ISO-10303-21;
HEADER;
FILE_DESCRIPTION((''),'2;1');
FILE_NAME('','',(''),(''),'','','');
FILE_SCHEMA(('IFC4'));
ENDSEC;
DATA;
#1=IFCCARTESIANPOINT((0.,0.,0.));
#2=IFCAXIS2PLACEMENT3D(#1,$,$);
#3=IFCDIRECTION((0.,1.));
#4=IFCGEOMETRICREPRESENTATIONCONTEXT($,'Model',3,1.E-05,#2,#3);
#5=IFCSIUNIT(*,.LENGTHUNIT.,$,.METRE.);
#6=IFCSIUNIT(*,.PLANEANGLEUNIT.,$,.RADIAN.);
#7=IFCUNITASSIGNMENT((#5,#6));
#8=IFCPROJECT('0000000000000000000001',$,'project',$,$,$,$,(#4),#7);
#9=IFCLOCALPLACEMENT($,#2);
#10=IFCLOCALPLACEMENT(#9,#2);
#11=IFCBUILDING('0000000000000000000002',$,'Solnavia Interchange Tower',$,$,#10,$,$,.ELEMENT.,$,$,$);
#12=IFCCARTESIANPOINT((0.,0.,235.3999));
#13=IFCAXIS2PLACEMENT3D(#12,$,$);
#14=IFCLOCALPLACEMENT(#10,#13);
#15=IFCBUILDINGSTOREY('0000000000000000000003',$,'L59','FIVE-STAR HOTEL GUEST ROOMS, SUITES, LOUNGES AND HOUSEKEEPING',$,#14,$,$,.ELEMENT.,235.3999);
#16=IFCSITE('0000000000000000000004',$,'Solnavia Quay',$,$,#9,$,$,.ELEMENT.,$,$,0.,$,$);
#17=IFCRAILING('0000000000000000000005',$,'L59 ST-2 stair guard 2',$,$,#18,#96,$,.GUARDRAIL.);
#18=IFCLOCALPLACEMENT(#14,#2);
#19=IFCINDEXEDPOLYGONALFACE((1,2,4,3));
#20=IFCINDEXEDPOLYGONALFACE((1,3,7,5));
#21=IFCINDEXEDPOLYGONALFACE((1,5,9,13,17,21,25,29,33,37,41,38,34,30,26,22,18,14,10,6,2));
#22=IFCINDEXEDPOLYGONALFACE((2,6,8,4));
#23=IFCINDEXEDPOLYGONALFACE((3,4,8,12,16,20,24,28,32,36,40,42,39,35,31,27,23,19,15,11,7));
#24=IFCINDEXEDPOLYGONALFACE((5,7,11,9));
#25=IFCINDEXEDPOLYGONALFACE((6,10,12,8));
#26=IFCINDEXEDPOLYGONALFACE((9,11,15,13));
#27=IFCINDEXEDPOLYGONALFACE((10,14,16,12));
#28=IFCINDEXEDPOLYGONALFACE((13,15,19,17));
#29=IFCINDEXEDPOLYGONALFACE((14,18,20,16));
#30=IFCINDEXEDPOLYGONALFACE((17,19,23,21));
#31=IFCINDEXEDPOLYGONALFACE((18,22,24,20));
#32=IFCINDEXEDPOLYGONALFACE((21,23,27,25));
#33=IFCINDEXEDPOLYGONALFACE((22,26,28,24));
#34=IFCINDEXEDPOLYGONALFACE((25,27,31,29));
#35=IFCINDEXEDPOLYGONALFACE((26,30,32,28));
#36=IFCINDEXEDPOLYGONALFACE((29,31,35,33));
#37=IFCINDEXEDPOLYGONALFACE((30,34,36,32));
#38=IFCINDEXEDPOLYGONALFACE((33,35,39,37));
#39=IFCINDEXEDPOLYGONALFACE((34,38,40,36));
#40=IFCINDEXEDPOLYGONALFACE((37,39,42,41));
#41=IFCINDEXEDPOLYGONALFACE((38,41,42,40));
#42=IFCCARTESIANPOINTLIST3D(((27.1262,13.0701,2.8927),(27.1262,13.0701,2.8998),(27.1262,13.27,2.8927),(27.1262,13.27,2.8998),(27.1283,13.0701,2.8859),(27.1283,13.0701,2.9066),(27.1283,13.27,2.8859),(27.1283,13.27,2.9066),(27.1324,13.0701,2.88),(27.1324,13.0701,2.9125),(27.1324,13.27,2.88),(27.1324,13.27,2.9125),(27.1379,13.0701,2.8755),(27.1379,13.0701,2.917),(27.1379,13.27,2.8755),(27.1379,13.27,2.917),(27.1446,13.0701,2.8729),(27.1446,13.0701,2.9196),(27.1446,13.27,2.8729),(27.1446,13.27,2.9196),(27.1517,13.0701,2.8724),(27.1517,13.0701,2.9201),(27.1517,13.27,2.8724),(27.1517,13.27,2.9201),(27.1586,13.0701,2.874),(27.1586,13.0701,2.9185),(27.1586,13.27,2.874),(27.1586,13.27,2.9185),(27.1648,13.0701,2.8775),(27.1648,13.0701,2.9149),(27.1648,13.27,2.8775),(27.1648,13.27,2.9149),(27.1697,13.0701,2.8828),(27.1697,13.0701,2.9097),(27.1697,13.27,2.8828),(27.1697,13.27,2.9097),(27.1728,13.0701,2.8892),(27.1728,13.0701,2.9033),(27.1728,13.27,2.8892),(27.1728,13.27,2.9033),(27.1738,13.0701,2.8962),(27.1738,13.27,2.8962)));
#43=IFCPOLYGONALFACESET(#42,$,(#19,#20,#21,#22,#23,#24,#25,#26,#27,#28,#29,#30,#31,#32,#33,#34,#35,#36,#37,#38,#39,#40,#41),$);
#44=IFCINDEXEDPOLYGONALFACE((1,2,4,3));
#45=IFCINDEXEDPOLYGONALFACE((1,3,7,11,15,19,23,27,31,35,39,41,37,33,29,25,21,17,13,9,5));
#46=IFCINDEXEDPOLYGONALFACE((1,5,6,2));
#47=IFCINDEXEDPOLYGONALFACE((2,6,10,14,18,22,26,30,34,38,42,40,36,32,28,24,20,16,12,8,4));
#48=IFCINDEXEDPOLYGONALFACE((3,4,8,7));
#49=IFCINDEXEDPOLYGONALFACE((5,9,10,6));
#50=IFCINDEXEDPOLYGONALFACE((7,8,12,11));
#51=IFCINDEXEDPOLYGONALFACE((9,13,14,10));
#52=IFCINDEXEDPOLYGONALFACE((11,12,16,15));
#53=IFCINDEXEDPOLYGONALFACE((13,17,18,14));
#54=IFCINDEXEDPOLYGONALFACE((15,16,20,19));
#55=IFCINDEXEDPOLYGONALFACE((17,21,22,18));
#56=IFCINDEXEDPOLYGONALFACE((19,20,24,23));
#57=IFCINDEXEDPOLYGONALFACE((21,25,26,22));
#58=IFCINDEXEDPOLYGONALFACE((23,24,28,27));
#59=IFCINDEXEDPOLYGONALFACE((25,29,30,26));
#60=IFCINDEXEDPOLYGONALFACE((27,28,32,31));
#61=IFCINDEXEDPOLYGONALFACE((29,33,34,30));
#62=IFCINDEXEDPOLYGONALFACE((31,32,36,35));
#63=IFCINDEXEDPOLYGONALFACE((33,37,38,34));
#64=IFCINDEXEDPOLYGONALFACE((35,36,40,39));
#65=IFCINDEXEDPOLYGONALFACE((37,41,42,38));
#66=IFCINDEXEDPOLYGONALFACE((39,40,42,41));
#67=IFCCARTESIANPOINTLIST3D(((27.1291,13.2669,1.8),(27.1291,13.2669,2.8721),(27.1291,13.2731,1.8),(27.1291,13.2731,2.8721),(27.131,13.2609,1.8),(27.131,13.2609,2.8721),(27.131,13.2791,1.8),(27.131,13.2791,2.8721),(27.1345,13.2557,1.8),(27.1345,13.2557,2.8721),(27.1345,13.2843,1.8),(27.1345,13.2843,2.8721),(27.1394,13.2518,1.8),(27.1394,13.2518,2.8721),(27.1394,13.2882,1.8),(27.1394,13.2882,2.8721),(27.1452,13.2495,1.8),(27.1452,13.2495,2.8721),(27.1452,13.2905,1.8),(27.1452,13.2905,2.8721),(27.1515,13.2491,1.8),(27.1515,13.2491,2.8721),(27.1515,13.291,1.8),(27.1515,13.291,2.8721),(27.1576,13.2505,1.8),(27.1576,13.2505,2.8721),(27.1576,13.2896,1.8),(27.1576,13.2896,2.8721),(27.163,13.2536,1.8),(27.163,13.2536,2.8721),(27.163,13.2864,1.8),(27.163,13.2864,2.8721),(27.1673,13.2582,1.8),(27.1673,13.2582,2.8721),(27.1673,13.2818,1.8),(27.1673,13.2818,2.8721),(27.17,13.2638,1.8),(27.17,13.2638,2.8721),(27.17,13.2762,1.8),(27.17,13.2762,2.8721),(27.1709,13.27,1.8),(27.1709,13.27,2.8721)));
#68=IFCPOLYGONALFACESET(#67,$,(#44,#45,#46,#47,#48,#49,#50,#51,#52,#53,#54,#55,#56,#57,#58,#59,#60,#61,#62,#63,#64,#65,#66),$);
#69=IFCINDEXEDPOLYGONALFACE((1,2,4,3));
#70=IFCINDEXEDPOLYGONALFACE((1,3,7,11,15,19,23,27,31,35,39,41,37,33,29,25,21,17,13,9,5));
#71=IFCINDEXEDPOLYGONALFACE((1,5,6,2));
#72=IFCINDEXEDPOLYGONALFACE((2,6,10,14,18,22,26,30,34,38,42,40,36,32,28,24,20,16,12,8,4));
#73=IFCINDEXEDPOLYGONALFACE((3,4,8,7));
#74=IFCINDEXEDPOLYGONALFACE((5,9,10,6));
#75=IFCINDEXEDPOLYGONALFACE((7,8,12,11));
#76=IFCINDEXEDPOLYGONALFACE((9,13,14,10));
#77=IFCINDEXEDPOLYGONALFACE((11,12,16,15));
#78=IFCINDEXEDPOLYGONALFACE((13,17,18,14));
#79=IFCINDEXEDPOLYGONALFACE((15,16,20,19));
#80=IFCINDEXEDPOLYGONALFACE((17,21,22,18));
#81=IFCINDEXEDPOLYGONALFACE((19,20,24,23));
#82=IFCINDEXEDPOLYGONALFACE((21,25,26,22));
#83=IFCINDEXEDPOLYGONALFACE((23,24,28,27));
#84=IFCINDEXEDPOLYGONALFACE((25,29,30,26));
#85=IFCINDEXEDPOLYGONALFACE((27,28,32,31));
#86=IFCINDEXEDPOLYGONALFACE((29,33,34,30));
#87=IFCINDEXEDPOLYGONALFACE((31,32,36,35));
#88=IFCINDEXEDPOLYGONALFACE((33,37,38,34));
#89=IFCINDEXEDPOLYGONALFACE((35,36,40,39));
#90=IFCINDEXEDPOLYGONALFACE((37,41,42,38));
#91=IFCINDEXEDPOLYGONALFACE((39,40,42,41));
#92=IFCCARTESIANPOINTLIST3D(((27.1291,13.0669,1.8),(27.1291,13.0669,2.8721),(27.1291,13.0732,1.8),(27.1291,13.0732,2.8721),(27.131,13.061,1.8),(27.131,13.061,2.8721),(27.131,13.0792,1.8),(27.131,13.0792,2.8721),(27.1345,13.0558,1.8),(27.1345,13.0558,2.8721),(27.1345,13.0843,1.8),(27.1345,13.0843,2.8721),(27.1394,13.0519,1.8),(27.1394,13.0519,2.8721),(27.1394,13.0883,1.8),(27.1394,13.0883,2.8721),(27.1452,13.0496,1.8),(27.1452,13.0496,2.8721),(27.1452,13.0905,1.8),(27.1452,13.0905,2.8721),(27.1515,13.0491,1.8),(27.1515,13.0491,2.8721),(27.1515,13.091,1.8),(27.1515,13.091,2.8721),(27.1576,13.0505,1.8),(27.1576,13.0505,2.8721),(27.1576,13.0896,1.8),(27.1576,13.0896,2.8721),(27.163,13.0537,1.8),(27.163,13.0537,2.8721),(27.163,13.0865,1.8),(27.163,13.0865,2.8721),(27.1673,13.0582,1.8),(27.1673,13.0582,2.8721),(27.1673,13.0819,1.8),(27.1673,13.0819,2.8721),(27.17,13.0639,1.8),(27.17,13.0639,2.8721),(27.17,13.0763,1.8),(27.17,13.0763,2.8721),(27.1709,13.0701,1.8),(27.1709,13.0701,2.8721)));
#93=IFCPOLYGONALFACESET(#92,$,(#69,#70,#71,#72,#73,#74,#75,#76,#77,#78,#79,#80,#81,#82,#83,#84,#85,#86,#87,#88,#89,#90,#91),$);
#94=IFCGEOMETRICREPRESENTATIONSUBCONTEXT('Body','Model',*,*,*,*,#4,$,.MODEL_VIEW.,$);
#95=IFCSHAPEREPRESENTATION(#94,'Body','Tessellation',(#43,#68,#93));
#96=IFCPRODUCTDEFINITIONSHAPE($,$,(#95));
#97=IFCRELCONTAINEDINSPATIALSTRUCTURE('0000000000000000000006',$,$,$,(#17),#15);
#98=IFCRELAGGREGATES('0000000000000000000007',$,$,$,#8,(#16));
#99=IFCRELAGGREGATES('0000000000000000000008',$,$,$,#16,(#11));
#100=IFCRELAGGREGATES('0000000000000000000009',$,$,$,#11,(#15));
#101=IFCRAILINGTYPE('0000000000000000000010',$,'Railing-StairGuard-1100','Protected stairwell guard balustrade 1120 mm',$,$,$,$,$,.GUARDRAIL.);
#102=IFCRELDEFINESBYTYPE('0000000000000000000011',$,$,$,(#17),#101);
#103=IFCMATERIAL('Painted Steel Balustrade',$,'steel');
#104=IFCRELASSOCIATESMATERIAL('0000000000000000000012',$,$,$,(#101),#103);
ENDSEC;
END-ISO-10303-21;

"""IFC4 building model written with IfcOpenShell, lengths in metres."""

from ifc_helpers import new_model, si_unit, direction, frame, origin, origin_2d, place, context, subcontext, project, spatial, circle, extrude, material, type_object, element, save


model = new_model("IFC4")

# Units and contexts
model_context = context("Model", 3, precision=1e-05, world=origin(), true_north=direction((0.0, 1.0)))
body_context = subcontext(model_context, "Body", "Model", "MODEL_VIEW")
ifc_project = project(units=[si_unit("LENGTHUNIT", "METRE"), si_unit("PLANEANGLEUNIT", "RADIAN")], contexts=[model_context])

# Site, building, storey
site_placement = place(None, origin())
site = spatial("IfcSite", under=ifc_project, at=site_placement, Name="Solnavia Quay", CompositionType="ELEMENT", RefElevation=0.0)
building_placement = place(site_placement, origin())
building = spatial("IfcBuilding", under=site, at=building_placement, Name="Solnavia Interchange Tower", CompositionType="ELEMENT")
storey_placement = place(building_placement, frame((0.0, 0.0, 235.3999)))
storey = spatial("IfcBuildingStorey", under=building, at=storey_placement, Name="L59", Description="FIVE-STAR HOTEL GUEST ROOMS, SUITES, LOUNGES AND HOUSEKEEPING", CompositionType="ELEMENT", Elevation=235.3999)

# Railing
ifc_material_1 = material(Name="Painted Steel Balustrade", Category="steel")
railing_type_1 = type_object("IfcRailingType", Name="Railing-StairGuard-1100", Description="Protected stairwell guard balustrade 1120 mm", PredefinedType="GUARDRAIL", material=ifc_material_1)
railing_1_placement = place(storey_placement, frame((27.1499, 13.27, 1.8)))
element("IfcRailing", 1, at=railing_1_placement, inside=storey, type_object=railing_type_1, Name="L59 ST-2 stair guard 2", PredefinedType="GUARDRAIL", context=body_context, shape_type="SweptSolid", body=[
    extrude(circle(Radius=0.0239, at=origin_2d()), frame((0.0, 0.0, 1.0962), z_axis=(0.0, -1.0, 0.0), x_axis=(1.0, 0.0, 0.0)), (0.0, 0.0, 1.0), 0.2),
    extrude(circle(Radius=0.021, at=origin_2d()), origin(), (0.0, 0.0, 1.0), 1.072),
    extrude(circle(Radius=0.021, at=origin_2d()), frame((0.0, -0.2, 0.0)), (0.0, 0.0, 1.0), 1.072),
])

save(model, "model.ifc")
